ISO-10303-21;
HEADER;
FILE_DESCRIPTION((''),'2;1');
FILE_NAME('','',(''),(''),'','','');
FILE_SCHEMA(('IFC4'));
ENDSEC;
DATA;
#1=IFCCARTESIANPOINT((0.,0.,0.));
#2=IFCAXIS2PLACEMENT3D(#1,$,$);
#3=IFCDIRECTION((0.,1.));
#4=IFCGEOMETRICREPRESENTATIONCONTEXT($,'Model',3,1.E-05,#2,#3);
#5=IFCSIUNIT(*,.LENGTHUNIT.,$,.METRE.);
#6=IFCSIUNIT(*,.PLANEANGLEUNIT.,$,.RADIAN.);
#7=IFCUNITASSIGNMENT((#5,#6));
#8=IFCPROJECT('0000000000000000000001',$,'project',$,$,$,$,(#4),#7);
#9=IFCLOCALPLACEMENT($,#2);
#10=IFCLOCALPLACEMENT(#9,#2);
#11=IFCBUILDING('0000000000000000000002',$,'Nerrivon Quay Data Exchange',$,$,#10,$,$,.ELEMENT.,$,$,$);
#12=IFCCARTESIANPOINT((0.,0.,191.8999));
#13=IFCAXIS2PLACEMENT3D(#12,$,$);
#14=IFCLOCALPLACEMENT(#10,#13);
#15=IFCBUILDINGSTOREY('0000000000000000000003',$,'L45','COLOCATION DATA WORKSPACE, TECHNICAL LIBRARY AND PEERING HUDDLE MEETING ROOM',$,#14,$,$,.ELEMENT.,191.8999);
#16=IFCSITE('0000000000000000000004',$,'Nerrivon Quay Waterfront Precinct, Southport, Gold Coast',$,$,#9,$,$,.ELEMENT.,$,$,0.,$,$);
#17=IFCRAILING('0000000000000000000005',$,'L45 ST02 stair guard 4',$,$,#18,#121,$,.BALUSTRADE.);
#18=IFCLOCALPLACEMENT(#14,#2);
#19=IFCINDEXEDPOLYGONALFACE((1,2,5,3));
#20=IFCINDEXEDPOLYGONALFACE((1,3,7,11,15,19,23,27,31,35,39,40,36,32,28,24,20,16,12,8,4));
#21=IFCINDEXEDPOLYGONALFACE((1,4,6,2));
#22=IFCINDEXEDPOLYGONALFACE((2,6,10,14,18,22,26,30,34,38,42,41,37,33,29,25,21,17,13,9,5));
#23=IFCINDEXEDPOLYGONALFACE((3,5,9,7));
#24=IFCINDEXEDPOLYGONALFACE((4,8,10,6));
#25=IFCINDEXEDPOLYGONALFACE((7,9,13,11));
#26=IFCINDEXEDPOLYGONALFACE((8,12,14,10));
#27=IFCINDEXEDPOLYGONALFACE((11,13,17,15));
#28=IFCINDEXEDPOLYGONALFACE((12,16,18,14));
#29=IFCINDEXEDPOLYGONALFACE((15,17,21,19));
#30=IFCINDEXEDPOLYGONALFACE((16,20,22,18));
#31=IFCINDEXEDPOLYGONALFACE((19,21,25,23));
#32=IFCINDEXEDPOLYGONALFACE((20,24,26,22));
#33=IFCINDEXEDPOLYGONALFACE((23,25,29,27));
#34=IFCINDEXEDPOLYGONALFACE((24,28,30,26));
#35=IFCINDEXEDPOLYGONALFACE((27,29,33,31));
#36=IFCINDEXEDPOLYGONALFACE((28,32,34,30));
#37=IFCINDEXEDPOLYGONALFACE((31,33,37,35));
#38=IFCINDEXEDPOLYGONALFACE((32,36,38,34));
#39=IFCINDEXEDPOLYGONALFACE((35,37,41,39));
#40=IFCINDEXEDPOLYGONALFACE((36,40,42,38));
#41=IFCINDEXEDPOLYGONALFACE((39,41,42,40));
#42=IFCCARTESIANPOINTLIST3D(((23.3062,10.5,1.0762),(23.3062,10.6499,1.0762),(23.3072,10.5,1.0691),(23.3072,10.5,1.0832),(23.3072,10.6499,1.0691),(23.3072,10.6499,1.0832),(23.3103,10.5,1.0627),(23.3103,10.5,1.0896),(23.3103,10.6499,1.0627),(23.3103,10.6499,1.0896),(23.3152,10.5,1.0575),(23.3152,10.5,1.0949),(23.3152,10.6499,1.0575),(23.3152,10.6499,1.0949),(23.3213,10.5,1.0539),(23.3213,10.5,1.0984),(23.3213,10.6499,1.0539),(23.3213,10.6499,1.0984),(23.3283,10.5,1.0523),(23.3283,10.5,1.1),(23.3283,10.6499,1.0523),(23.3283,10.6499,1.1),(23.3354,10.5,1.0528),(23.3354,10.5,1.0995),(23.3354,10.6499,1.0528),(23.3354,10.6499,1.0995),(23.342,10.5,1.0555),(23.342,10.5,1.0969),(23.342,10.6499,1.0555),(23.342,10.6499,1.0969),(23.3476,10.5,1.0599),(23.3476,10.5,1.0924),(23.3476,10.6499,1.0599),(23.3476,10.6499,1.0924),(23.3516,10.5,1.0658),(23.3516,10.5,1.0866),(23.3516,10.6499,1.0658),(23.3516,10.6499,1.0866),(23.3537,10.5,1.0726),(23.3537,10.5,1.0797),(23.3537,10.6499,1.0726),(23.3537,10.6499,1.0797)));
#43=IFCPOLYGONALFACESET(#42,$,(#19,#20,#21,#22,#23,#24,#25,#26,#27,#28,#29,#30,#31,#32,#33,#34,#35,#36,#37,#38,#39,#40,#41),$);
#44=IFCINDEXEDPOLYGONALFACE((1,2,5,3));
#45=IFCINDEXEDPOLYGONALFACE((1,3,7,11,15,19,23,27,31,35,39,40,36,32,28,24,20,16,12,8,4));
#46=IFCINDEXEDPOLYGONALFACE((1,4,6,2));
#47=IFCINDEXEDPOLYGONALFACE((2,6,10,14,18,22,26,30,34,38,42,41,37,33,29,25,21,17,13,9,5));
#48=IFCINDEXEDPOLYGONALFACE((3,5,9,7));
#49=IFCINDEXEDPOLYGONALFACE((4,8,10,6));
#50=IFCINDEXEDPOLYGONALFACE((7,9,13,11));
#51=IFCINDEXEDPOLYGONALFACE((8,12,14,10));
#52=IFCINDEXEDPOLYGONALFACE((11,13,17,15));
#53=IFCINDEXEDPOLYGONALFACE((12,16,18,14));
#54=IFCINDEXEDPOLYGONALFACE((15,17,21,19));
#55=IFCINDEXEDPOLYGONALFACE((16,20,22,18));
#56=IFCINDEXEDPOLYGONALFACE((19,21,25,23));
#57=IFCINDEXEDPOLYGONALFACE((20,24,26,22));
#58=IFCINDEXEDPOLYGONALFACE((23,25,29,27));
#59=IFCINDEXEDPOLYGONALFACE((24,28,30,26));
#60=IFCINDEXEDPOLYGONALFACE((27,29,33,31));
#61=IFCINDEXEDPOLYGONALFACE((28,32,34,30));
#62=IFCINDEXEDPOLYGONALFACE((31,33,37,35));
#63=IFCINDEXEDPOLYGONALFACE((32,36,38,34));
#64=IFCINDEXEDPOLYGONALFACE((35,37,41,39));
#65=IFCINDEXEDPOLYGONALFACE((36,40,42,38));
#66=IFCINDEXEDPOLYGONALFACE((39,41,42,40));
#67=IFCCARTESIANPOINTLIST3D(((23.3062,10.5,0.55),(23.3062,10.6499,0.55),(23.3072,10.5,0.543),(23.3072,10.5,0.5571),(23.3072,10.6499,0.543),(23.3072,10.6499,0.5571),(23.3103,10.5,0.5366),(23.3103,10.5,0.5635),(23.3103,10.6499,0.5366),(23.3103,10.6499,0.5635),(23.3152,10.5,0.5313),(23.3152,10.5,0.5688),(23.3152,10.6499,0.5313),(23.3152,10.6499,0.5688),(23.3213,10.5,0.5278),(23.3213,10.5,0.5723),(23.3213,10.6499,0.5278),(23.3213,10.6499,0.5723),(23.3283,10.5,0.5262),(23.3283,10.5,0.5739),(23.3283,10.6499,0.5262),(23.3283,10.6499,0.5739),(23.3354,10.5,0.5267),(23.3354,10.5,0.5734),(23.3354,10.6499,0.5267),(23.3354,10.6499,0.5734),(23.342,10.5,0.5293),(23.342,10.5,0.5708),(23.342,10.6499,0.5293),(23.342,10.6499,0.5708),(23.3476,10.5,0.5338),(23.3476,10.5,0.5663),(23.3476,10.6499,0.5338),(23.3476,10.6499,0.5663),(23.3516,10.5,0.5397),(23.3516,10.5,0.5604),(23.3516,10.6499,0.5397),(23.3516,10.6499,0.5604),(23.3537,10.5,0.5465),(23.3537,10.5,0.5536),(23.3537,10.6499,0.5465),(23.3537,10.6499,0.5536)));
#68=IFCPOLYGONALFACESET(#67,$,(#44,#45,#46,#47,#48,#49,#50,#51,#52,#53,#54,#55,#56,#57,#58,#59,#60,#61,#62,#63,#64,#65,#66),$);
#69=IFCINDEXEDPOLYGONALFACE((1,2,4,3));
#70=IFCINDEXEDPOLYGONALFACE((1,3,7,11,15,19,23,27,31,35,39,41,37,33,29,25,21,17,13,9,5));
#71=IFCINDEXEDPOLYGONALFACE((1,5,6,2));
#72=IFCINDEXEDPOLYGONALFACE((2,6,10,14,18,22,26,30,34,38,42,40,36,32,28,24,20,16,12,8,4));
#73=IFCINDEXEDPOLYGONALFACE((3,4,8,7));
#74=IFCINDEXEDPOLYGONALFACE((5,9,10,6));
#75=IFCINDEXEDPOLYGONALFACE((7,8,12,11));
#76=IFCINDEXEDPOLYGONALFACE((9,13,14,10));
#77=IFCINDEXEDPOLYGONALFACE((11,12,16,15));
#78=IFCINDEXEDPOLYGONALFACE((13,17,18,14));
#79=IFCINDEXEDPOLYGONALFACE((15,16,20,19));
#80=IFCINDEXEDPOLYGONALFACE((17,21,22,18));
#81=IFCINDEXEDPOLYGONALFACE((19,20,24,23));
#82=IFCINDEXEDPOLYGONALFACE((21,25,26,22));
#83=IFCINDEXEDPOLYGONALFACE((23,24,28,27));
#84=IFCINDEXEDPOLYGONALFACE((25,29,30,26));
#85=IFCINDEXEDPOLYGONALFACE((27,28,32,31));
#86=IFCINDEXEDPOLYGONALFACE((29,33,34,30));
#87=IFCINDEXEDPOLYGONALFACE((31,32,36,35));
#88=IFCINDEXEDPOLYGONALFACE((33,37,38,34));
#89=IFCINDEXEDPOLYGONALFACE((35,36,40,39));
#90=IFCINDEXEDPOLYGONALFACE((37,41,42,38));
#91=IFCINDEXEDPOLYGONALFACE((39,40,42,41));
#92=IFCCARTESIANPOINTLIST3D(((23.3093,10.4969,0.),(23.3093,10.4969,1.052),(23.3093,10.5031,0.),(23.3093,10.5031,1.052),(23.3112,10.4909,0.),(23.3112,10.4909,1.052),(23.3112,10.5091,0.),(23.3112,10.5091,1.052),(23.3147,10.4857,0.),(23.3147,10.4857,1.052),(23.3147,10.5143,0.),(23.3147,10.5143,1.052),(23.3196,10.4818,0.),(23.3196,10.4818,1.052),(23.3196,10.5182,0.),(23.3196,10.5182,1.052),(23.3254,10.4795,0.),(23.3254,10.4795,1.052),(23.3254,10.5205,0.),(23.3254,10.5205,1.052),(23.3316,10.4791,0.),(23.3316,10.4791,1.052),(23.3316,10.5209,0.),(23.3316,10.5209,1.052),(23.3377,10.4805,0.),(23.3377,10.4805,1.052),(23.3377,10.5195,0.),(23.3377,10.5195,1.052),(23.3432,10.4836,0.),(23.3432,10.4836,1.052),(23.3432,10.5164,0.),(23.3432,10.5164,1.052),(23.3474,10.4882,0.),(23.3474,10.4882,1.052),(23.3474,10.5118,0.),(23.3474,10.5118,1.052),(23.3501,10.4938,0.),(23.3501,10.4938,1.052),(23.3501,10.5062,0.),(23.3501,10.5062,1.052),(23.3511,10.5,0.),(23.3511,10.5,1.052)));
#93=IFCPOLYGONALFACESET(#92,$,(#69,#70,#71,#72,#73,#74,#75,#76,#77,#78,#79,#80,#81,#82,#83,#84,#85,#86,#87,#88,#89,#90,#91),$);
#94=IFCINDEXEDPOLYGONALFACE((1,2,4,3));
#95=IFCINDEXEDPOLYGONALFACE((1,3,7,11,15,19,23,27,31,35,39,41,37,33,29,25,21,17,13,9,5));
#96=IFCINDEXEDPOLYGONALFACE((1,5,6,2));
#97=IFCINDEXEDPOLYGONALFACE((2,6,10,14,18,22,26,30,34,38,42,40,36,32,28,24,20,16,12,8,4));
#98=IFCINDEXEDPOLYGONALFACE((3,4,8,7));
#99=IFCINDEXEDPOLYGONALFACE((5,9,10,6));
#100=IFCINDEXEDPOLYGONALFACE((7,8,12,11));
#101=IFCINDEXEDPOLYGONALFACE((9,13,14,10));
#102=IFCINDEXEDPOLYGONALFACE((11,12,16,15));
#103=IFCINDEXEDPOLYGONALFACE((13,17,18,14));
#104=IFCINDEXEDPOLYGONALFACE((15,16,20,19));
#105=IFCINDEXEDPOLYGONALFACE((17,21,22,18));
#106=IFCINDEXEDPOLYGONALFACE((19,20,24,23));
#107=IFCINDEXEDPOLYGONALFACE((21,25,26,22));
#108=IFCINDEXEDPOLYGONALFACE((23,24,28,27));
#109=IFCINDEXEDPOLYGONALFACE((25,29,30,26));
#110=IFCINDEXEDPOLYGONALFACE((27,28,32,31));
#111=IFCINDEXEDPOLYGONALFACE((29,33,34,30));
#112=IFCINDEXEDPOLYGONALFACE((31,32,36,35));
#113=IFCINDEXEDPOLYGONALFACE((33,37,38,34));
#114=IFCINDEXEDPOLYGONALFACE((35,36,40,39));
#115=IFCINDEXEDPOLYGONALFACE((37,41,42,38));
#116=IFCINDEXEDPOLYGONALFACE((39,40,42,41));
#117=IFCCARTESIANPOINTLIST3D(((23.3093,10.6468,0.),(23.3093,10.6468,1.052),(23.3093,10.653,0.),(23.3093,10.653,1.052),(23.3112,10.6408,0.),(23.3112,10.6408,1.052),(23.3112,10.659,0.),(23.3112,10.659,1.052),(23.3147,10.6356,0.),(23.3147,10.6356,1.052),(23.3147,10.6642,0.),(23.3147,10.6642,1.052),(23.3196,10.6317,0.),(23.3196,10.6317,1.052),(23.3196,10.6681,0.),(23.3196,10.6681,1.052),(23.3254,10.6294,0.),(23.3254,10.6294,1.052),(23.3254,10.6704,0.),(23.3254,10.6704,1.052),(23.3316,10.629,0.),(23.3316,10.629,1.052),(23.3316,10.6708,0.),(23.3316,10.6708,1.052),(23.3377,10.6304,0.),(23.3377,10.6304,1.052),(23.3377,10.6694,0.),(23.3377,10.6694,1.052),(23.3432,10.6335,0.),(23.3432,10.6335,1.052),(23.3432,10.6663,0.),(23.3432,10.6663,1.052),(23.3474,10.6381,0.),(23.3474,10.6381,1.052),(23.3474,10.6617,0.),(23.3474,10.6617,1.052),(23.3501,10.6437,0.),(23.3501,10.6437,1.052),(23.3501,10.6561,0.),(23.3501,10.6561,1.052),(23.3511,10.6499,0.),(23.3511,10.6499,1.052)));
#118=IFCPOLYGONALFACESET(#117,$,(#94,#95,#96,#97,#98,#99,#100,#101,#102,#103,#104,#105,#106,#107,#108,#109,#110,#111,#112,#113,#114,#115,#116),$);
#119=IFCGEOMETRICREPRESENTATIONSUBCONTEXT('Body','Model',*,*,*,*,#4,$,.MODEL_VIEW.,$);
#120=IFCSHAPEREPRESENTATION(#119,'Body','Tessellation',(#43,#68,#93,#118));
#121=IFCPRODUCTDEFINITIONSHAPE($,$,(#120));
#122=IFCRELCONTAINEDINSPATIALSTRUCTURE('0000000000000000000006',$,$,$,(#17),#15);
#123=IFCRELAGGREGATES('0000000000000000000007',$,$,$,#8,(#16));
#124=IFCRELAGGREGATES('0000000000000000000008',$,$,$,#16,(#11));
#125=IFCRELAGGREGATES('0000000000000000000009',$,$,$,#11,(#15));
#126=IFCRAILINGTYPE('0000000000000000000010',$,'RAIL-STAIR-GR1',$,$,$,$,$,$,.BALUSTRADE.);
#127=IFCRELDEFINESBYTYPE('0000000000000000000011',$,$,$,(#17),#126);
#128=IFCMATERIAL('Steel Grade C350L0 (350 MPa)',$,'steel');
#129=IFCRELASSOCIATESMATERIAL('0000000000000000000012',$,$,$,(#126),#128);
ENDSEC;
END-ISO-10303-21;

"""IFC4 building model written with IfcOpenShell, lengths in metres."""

from ifc_helpers import new_model, si_unit, direction, frame, origin, origin_2d, place, context, subcontext, project, spatial, circle, extrude, material, type_object, element, save


model = new_model("IFC4")

# Units and contexts
model_context = context("Model", 3, precision=1e-05, world=origin(), true_north=direction((0.0, 1.0)))
body_context = subcontext(model_context, "Body", "Model", "MODEL_VIEW")
ifc_project = project(units=[si_unit("LENGTHUNIT", "METRE"), si_unit("PLANEANGLEUNIT", "RADIAN")], contexts=[model_context])

# Site, building, storey
site_placement = place(None, origin())
site = spatial("IfcSite", under=ifc_project, at=site_placement, Name="Nerrivon Quay Waterfront Precinct, Southport, Gold Coast", CompositionType="ELEMENT", RefElevation=0.0)
building_placement = place(site_placement, origin())
building = spatial("IfcBuilding", under=site, at=building_placement, Name="Nerrivon Quay Data Exchange", CompositionType="ELEMENT")
storey_placement = place(building_placement, frame((0.0, 0.0, 191.8999)))
storey = spatial("IfcBuildingStorey", under=building, at=storey_placement, Name="L45", Description="COLOCATION DATA WORKSPACE, TECHNICAL LIBRARY AND PEERING HUDDLE MEETING ROOM", CompositionType="ELEMENT", Elevation=191.8999)

# Railing
ifc_material_1 = material(Name="Steel Grade C350L0 (350 MPa)", Category="steel")
railing_type_1 = type_object("IfcRailingType", Name="RAIL-STAIR-GR1", PredefinedType="BALUSTRADE", material=ifc_material_1)
railing_1_placement = place(storey_placement, frame((23.3301, 10.5, 0.0)))
element("IfcRailing", 1, at=railing_1_placement, inside=storey, type_object=railing_type_1, Name="L45 ST02 stair guard 4", PredefinedType="BALUSTRADE", context=body_context, shape_type="SweptSolid", body=[
    extrude(circle(Radius=0.0239, at=origin_2d()), frame((0.0, 0.0, 1.0762), z_axis=(0.0, 1.0, 0.0), x_axis=(-1.0, 0.0, 0.0)), (0.0, 0.0, 1.0), 0.1499),
    extrude(circle(Radius=0.0239, at=origin_2d()), frame((0.0, 0.0, 0.55), z_axis=(0.0, 1.0, 0.0), x_axis=(-1.0, 0.0, 0.0)), (0.0, 0.0, 1.0), 0.1499),
    extrude(circle(Radius=0.021, at=origin_2d()), origin(), (0.0, 0.0, 1.0), 1.052),
    extrude(circle(Radius=0.021, at=origin_2d()), frame((0.0, 0.1499, 0.0)), (0.0, 0.0, 1.0), 1.052),
])

save(model, "model.ifc")
